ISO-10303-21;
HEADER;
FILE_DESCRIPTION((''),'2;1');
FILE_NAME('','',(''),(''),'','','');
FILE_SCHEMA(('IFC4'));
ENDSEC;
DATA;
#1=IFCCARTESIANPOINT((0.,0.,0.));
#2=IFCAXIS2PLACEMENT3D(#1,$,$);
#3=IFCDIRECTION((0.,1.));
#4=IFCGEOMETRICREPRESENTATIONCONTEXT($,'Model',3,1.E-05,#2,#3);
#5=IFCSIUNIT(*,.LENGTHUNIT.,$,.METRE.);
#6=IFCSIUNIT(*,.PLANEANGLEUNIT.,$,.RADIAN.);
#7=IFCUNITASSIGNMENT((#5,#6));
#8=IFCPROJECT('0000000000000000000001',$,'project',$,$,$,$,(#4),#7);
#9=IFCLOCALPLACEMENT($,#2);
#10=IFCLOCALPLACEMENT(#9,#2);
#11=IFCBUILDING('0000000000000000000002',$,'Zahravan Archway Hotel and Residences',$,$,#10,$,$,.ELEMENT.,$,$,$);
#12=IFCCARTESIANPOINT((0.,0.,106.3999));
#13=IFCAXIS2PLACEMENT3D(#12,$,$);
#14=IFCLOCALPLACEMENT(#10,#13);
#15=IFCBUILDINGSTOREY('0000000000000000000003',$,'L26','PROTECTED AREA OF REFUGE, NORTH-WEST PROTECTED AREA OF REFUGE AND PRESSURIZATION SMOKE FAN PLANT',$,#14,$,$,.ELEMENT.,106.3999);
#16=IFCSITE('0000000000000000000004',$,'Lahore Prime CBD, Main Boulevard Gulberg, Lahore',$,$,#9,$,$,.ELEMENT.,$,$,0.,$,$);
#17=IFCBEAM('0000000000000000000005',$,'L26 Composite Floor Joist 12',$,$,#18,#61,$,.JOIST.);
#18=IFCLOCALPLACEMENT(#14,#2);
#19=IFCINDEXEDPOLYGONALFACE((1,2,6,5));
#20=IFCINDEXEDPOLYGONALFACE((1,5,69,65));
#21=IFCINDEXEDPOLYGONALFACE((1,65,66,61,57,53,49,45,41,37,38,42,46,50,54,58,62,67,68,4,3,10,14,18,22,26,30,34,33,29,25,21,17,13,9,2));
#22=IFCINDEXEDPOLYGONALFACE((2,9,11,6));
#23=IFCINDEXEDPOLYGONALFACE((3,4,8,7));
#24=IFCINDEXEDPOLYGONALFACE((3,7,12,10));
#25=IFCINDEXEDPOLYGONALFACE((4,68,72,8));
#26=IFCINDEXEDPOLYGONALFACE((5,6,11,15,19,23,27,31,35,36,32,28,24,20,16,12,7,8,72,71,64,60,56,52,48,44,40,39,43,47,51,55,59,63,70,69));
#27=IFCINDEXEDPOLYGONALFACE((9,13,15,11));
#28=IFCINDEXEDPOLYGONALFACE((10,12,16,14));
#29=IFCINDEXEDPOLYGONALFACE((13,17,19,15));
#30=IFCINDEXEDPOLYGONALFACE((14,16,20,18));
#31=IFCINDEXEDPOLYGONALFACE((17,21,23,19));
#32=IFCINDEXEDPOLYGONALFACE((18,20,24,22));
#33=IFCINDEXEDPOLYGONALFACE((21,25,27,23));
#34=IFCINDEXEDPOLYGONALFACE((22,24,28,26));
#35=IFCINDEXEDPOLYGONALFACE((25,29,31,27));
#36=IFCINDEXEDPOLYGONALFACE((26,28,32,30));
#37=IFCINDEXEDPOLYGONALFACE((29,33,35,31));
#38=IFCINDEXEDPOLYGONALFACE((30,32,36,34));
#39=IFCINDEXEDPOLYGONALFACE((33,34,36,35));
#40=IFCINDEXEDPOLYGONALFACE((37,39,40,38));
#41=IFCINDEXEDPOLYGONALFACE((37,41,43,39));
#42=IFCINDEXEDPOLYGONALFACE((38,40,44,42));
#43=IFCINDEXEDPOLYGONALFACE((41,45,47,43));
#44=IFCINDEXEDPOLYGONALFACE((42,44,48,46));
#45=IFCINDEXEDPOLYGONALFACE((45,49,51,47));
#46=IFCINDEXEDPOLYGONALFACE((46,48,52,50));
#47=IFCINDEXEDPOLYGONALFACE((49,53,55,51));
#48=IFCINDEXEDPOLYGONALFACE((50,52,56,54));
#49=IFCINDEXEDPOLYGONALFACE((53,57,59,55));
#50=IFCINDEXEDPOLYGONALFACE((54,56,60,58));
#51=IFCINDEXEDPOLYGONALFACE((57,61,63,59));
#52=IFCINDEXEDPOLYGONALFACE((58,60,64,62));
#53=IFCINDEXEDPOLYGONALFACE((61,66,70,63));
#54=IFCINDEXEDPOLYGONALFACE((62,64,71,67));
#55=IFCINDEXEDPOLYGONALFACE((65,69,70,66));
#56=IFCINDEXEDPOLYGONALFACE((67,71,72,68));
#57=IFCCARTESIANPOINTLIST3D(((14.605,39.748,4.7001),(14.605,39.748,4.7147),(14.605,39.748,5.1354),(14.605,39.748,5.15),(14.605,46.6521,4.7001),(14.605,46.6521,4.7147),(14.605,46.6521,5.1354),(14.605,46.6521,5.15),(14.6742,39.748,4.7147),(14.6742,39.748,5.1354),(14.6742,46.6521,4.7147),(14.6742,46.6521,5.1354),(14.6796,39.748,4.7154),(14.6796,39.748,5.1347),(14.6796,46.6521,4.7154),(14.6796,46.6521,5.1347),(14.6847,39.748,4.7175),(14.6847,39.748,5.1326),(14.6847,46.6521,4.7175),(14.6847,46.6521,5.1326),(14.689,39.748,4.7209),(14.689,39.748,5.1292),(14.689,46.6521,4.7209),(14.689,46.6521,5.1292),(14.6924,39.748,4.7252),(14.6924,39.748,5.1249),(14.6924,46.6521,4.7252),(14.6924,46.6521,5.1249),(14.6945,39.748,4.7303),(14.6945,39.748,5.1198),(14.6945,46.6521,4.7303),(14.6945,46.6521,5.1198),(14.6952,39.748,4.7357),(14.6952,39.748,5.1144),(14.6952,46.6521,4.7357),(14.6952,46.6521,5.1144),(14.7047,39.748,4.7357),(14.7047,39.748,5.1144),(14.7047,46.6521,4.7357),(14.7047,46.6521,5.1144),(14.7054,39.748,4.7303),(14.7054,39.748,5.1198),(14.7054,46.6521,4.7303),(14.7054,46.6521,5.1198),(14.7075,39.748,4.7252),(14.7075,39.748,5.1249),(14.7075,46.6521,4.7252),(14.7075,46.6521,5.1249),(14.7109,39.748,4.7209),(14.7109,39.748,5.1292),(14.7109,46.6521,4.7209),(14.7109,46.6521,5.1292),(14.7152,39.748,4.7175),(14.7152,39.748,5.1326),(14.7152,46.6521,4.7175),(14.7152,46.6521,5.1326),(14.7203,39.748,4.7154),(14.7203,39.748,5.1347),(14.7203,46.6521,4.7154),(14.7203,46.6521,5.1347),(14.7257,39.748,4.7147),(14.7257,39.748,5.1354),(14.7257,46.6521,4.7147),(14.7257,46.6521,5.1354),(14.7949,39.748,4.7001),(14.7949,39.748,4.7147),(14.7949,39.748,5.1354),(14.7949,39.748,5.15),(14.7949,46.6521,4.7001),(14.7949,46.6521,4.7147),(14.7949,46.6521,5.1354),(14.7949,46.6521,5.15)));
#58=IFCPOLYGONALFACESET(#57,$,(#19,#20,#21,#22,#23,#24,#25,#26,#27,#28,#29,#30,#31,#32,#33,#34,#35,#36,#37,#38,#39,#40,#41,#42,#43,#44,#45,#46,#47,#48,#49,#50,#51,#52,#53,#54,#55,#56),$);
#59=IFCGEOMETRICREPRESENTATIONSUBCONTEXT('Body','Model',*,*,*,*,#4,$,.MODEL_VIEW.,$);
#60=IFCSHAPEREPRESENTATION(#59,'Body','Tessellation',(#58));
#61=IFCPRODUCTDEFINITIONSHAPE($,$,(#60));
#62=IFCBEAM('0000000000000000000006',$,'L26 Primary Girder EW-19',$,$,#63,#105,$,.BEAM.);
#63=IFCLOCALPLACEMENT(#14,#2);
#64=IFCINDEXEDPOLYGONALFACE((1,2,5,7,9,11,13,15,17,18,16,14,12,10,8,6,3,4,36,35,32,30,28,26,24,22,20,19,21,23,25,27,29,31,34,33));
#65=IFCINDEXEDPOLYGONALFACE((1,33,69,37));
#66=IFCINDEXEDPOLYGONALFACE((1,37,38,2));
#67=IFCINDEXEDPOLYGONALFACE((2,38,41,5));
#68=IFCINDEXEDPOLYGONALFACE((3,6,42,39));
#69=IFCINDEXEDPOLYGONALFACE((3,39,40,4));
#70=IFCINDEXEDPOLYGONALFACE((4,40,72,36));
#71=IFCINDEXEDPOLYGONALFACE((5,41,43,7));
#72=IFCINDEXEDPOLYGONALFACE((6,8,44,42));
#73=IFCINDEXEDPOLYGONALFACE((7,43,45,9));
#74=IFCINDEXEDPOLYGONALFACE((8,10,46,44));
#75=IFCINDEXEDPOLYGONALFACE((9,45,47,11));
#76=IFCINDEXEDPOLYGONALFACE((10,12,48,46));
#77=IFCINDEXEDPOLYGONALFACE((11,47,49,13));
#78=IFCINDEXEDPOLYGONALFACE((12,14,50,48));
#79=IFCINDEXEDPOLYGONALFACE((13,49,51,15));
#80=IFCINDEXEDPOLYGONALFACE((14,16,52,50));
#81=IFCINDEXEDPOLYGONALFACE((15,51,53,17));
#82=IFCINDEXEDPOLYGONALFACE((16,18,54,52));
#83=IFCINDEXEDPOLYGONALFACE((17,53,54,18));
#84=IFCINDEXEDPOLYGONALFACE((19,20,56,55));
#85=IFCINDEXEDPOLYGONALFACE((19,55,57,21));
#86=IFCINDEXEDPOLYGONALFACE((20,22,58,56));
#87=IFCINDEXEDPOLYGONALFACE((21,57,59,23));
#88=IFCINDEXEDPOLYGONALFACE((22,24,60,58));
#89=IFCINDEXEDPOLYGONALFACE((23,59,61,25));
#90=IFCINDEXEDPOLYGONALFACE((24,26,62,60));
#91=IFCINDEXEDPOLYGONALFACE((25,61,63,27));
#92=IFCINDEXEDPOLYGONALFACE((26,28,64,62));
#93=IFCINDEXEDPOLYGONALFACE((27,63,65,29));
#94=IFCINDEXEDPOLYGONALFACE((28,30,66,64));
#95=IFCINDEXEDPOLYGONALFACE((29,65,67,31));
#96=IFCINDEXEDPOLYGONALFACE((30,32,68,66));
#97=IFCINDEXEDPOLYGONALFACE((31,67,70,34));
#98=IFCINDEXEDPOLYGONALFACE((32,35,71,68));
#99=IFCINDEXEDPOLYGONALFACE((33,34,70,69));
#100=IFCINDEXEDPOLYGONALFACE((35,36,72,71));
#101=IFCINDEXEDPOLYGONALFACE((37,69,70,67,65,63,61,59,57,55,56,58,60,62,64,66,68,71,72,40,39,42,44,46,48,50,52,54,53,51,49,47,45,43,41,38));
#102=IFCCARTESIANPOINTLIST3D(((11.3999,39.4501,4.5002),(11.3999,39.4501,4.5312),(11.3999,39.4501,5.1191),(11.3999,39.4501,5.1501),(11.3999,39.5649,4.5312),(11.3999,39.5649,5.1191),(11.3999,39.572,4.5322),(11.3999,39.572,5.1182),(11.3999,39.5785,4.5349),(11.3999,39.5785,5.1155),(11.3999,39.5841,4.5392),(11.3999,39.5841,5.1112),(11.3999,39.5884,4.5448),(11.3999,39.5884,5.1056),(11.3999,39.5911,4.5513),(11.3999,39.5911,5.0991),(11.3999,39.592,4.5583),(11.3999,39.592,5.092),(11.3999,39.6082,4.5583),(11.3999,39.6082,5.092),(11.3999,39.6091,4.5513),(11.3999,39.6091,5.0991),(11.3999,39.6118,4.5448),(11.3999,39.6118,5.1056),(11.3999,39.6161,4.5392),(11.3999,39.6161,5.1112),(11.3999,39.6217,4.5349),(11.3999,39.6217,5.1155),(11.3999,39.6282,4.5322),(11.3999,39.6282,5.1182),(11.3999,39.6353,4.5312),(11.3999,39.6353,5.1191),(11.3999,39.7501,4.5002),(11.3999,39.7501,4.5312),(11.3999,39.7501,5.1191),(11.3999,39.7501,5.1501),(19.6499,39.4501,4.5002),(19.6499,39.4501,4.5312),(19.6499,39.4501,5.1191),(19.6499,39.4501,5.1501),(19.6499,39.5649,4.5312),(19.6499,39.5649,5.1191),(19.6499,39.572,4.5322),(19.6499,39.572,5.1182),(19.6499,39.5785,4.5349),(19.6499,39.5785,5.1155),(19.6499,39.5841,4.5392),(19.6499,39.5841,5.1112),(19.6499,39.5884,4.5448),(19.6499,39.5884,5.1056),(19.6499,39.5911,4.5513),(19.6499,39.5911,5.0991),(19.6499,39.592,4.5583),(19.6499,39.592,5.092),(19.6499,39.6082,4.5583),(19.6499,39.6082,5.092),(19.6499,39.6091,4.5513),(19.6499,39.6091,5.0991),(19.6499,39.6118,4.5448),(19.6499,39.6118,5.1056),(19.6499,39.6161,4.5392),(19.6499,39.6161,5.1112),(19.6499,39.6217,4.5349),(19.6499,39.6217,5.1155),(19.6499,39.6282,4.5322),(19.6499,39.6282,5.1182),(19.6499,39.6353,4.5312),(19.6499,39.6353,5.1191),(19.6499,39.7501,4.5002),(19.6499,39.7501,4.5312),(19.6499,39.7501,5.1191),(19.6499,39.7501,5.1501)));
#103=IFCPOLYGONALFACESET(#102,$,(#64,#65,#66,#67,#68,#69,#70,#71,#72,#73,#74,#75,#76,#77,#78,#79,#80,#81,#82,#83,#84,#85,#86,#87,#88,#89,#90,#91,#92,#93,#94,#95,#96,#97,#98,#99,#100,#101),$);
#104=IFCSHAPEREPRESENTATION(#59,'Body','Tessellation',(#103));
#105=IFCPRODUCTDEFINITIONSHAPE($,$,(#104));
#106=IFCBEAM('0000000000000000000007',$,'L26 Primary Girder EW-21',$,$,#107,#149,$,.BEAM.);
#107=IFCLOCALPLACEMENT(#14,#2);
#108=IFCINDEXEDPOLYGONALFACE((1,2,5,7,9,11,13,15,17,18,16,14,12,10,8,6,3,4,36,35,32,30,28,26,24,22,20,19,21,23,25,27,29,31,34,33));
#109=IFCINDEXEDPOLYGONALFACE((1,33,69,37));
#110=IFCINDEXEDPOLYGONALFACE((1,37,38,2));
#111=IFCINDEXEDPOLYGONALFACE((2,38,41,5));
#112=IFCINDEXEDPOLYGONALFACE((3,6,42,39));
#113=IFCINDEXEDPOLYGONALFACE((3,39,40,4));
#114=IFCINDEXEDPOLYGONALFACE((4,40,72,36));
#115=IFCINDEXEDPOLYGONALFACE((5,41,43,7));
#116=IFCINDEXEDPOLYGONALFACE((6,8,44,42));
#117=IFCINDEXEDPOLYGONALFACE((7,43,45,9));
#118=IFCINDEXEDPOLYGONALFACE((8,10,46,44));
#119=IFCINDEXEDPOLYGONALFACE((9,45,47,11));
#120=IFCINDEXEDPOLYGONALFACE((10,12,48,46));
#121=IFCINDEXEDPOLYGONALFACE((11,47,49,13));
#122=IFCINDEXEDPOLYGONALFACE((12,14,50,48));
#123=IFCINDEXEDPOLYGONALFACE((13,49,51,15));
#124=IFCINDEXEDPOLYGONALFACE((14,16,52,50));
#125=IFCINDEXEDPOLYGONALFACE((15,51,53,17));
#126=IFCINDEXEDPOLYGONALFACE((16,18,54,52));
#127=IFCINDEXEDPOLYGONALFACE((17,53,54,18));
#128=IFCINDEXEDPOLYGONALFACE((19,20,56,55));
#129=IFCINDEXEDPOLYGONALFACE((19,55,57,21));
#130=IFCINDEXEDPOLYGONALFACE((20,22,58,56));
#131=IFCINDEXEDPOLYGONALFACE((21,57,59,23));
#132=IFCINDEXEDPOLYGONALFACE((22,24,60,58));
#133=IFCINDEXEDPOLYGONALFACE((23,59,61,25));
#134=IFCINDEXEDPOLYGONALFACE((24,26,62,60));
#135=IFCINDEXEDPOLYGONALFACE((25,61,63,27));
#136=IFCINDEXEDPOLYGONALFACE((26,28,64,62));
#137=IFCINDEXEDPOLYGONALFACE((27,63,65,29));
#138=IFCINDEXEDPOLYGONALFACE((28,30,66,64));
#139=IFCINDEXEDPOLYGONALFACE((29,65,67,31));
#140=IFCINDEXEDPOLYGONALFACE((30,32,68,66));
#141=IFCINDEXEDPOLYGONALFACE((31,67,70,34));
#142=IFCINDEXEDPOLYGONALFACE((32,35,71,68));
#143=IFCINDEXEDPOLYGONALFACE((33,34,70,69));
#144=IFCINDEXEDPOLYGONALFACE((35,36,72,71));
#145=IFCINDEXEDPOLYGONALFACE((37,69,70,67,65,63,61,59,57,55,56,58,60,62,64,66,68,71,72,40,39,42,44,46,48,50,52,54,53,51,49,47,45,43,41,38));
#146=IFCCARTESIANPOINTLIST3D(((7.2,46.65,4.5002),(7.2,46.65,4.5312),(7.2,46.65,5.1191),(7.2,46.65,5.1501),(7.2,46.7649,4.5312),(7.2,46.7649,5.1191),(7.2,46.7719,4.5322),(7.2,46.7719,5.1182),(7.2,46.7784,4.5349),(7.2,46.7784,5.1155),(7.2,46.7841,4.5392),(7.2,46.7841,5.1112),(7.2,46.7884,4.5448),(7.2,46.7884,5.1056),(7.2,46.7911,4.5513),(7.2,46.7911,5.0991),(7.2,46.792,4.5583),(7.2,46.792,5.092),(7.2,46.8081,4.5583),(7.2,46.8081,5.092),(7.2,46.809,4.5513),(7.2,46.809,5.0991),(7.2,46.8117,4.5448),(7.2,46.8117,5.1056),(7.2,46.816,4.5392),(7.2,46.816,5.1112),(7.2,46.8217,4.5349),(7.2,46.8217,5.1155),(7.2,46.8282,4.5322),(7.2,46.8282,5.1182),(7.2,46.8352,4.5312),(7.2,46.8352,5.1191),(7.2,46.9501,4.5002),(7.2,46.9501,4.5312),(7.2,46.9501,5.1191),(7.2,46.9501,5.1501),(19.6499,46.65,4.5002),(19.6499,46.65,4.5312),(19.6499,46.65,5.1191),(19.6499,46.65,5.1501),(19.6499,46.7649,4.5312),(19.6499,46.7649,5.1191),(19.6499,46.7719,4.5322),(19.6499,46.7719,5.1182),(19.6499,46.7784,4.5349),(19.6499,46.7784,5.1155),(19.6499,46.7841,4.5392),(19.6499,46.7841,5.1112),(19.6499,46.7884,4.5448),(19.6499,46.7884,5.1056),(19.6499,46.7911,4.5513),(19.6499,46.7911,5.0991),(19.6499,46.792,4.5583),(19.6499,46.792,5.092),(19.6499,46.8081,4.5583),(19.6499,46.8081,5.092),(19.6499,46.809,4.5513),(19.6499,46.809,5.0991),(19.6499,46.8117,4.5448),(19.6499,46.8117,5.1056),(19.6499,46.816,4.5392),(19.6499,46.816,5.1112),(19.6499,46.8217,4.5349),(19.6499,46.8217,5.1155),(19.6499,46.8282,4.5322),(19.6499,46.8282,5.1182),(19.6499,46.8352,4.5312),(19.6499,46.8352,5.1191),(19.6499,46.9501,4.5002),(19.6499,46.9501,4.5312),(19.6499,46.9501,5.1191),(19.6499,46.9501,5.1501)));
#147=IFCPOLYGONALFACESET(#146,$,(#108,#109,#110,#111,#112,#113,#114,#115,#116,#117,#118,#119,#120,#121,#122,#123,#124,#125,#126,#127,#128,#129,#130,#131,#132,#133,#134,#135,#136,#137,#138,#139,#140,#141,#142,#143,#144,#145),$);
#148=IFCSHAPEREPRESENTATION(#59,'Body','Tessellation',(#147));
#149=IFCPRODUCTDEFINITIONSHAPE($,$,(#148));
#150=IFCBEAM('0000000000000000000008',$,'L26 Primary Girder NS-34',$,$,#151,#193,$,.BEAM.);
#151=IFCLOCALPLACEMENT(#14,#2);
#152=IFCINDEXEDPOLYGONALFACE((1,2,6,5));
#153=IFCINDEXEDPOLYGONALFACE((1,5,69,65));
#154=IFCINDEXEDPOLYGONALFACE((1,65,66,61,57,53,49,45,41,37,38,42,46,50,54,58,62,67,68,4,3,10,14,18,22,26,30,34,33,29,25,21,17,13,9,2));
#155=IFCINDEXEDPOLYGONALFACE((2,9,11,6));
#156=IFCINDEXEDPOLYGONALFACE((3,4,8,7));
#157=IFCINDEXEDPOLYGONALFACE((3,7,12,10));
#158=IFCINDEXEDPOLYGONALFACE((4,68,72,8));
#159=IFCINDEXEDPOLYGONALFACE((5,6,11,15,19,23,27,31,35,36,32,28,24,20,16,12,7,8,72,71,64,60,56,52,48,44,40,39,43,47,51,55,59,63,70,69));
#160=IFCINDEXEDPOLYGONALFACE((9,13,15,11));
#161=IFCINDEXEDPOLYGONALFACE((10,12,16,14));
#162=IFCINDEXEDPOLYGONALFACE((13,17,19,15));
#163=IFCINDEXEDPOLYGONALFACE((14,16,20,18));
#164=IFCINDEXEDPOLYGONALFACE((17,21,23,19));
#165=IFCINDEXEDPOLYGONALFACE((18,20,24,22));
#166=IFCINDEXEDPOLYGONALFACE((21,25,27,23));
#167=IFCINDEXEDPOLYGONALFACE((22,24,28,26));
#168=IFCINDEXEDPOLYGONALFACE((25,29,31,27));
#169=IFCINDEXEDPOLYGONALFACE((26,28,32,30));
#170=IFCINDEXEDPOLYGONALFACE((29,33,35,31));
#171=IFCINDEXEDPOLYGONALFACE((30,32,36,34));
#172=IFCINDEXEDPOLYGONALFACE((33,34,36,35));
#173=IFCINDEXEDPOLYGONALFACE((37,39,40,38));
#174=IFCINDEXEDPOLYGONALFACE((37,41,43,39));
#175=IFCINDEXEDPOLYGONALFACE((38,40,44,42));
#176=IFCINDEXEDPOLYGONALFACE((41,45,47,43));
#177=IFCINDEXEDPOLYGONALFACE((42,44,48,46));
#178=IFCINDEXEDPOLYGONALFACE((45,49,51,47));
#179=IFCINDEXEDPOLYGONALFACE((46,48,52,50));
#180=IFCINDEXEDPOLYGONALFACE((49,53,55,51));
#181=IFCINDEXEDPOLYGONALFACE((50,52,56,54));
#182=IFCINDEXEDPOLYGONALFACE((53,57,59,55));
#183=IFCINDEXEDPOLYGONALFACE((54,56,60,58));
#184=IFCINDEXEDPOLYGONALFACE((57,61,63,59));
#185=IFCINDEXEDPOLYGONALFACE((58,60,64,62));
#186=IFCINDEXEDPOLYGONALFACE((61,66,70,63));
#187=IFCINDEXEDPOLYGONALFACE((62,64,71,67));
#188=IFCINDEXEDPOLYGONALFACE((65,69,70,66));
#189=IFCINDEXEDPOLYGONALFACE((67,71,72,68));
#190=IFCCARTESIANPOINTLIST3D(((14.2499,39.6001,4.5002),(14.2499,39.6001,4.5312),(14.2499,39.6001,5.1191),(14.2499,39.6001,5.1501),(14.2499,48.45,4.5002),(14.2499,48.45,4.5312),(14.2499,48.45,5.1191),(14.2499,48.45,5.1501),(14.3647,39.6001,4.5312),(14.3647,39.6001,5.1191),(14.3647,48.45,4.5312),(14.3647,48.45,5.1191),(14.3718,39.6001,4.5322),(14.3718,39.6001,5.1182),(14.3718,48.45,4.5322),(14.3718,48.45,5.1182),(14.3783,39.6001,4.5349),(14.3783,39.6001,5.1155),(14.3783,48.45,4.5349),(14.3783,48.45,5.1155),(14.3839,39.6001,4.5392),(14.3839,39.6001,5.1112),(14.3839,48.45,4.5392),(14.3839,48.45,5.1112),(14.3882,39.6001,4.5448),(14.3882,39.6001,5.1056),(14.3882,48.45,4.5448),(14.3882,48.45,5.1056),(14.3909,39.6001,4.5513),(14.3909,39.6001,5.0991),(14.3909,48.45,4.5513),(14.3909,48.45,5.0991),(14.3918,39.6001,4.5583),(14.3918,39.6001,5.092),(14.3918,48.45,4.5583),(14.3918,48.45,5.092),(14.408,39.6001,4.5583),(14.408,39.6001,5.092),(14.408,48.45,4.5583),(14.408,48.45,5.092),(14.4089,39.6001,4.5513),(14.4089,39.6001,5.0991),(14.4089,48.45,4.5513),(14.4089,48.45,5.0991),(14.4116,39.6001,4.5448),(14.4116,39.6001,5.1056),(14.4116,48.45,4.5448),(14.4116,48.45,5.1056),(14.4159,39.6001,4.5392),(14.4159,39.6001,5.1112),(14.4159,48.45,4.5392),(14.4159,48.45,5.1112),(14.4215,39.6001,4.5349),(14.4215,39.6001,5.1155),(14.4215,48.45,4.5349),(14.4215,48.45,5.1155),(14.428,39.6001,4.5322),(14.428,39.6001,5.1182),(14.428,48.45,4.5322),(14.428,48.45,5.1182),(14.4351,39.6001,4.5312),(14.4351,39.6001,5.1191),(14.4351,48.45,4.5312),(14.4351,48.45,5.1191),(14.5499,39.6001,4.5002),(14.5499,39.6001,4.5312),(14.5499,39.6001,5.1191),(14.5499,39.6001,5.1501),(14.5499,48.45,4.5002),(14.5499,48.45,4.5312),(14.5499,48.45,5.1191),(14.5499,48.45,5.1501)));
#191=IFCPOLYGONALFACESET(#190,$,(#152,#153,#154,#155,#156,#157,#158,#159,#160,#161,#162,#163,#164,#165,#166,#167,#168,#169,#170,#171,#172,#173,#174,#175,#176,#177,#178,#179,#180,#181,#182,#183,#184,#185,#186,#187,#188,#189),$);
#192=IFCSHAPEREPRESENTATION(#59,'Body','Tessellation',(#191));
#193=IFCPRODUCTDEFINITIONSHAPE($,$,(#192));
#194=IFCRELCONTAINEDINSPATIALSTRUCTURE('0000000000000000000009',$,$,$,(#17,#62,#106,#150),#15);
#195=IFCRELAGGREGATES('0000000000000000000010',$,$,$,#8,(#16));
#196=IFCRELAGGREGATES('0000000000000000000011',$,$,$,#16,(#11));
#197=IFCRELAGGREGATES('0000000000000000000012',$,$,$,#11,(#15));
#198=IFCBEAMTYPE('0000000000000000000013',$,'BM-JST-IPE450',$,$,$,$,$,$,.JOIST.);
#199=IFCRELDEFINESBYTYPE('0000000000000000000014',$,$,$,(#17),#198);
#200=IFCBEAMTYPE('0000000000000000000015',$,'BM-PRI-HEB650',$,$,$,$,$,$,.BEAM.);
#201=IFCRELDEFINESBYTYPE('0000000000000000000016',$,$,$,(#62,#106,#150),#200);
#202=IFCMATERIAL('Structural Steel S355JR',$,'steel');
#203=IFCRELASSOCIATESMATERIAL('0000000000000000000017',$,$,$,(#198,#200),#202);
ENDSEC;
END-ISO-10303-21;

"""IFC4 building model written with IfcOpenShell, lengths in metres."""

from ifc_helpers import new_model, si_unit, direction, frame, origin, origin_2d, place, context, subcontext, project, spatial, i_section, extrude, source, transform, mapped, material, material_profile, profile_set, type_object, type_shapes, element, save


model = new_model("IFC4")

# Units and contexts
model_context = context("Model", 3, precision=1e-05, world=origin(), true_north=direction((0.0, 1.0)))
body_context = subcontext(model_context, "Body", "Model", "MODEL_VIEW")
ifc_project = project(units=[si_unit("LENGTHUNIT", "METRE"), si_unit("PLANEANGLEUNIT", "RADIAN")], contexts=[model_context])

# Site, building, storey
site_placement = place(None, origin())
site = spatial("IfcSite", under=ifc_project, at=site_placement, Name="Lahore Prime CBD, Main Boulevard Gulberg, Lahore", CompositionType="ELEMENT", RefElevation=0.0)
building_placement = place(site_placement, origin())
building = spatial("IfcBuilding", under=site, at=building_placement, Name="Zahravan Archway Hotel and Residences", CompositionType="ELEMENT")
storey_placement = place(building_placement, frame((0.0, 0.0, 106.3999)))
storey = spatial("IfcBuildingStorey", under=building, at=storey_placement, Name="L26", Description="PROTECTED AREA OF REFUGE, NORTH-WEST PROTECTED AREA OF REFUGE AND PRESSURIZATION SMOKE FAN PLANT", CompositionType="ELEMENT", Elevation=106.3999)

# Beams
ifc_material_1 = material(Name="Structural Steel S355JR", Category="steel")
ifc_material_profile_1 = material_profile(ifc_material_1, i_section(OverallWidth=0.1899, OverallDepth=0.45, WebThickness=0.0095, FlangeThickness=0.0146, FilletRadius=0.021, at=origin_2d()), Name="IPE 450", Category="steel")
ifc_profile_set_1 = profile_set([ifc_material_profile_1], Name="Structural Steel S355JR")
beam_type_1 = type_object("IfcBeamType", Name="BM-JST-IPE450", PredefinedType="JOIST", material=ifc_profile_set_1)
shared_shape_1 = source(origin(), body_context, "Body", "SweptSolid", [
    extrude(i_section(OverallWidth=0.1899, OverallDepth=0.45, WebThickness=0.0095, FlangeThickness=0.0146, FilletRadius=0.021, at=origin_2d()), origin(), (0.0, 0.0, 1.0), 6.9041),
])
type_shapes(beam_type_1, [shared_shape_1])
beam_1_placement = place(storey_placement, frame((14.7, 39.748, 4.925), z_axis=(0.0, 1.0, 0.0), x_axis=(-1.0, 0.0, 0.0)))
element("IfcBeam", 1, at=beam_1_placement, inside=storey, type_object=beam_type_1, Name="L26 Composite Floor Joist 12", PredefinedType="JOIST", context=body_context, shape_type="MappedRepresentation", body=[
    mapped(shared_shape_1, transform((0.0, 0.0, 0.0), scale=1.0)),
])
ifc_material_profile_2 = material_profile(ifc_material_1, i_section(OverallWidth=0.3, OverallDepth=0.6499, WebThickness=0.0161, FlangeThickness=0.031, FilletRadius=0.0271, at=origin_2d()), Name="HEB 650", Category="steel")
ifc_profile_set_2 = profile_set([ifc_material_profile_2], Name="Structural Steel S355JR")
beam_type_2 = type_object("IfcBeamType", Name="BM-PRI-HEB650", PredefinedType="BEAM", material=ifc_profile_set_2)
shared_shape_2 = source(origin(), body_context, "Body", "SweptSolid", [
    extrude(i_section(OverallWidth=0.3, OverallDepth=0.6499, WebThickness=0.0161, FlangeThickness=0.031, FilletRadius=0.0271, at=origin_2d()), origin(), (0.0, 0.0, 1.0), 8.25),
])
beam_2_placement = place(storey_placement, frame((11.3999, 39.6001, 4.8252), z_axis=(1.0, 0.0, 0.0), x_axis=(0.0, 1.0, 0.0)))
element("IfcBeam", 2, at=beam_2_placement, inside=storey, type_object=beam_type_2, Name="L26 Primary Girder EW-19", PredefinedType="BEAM", context=body_context, shape_type="MappedRepresentation", body=[
    mapped(shared_shape_2, transform((0.0, 0.0, 0.0), scale=1.0)),
])
shared_shape_3 = source(origin(), body_context, "Body", "SweptSolid", [
    extrude(i_section(OverallWidth=0.3, OverallDepth=0.6499, WebThickness=0.0161, FlangeThickness=0.031, FilletRadius=0.0271, at=origin_2d()), origin(), (0.0, 0.0, 1.0), 12.45),
])
beam_3_placement = place(storey_placement, frame((7.2, 46.8, 4.8252), z_axis=(1.0, 0.0, 0.0), x_axis=(0.0, 1.0, 0.0)))
element("IfcBeam", 3, at=beam_3_placement, inside=storey, type_object=beam_type_2, Name="L26 Primary Girder EW-21", PredefinedType="BEAM", context=body_context, shape_type="MappedRepresentation", body=[
    mapped(shared_shape_3, transform((0.0, 0.0, 0.0), scale=1.0)),
])
shared_shape_4 = source(origin(), body_context, "Body", "SweptSolid", [
    extrude(i_section(OverallWidth=0.3, OverallDepth=0.6499, WebThickness=0.0161, FlangeThickness=0.031, FilletRadius=0.0271, at=origin_2d()), origin(), (0.0, 0.0, 1.0), 8.8499),
])
beam_4_placement = place(storey_placement, frame((14.3999, 39.6001, 4.8252), z_axis=(0.0, 1.0, 0.0), x_axis=(-1.0, 0.0, 0.0)))
element("IfcBeam", 4, at=beam_4_placement, inside=storey, type_object=beam_type_2, Name="L26 Primary Girder NS-34", PredefinedType="BEAM", context=body_context, shape_type="MappedRepresentation", body=[
    mapped(shared_shape_4, transform((0.0, 0.0, 0.0), scale=1.0)),
])

save(model, "model.ifc")
